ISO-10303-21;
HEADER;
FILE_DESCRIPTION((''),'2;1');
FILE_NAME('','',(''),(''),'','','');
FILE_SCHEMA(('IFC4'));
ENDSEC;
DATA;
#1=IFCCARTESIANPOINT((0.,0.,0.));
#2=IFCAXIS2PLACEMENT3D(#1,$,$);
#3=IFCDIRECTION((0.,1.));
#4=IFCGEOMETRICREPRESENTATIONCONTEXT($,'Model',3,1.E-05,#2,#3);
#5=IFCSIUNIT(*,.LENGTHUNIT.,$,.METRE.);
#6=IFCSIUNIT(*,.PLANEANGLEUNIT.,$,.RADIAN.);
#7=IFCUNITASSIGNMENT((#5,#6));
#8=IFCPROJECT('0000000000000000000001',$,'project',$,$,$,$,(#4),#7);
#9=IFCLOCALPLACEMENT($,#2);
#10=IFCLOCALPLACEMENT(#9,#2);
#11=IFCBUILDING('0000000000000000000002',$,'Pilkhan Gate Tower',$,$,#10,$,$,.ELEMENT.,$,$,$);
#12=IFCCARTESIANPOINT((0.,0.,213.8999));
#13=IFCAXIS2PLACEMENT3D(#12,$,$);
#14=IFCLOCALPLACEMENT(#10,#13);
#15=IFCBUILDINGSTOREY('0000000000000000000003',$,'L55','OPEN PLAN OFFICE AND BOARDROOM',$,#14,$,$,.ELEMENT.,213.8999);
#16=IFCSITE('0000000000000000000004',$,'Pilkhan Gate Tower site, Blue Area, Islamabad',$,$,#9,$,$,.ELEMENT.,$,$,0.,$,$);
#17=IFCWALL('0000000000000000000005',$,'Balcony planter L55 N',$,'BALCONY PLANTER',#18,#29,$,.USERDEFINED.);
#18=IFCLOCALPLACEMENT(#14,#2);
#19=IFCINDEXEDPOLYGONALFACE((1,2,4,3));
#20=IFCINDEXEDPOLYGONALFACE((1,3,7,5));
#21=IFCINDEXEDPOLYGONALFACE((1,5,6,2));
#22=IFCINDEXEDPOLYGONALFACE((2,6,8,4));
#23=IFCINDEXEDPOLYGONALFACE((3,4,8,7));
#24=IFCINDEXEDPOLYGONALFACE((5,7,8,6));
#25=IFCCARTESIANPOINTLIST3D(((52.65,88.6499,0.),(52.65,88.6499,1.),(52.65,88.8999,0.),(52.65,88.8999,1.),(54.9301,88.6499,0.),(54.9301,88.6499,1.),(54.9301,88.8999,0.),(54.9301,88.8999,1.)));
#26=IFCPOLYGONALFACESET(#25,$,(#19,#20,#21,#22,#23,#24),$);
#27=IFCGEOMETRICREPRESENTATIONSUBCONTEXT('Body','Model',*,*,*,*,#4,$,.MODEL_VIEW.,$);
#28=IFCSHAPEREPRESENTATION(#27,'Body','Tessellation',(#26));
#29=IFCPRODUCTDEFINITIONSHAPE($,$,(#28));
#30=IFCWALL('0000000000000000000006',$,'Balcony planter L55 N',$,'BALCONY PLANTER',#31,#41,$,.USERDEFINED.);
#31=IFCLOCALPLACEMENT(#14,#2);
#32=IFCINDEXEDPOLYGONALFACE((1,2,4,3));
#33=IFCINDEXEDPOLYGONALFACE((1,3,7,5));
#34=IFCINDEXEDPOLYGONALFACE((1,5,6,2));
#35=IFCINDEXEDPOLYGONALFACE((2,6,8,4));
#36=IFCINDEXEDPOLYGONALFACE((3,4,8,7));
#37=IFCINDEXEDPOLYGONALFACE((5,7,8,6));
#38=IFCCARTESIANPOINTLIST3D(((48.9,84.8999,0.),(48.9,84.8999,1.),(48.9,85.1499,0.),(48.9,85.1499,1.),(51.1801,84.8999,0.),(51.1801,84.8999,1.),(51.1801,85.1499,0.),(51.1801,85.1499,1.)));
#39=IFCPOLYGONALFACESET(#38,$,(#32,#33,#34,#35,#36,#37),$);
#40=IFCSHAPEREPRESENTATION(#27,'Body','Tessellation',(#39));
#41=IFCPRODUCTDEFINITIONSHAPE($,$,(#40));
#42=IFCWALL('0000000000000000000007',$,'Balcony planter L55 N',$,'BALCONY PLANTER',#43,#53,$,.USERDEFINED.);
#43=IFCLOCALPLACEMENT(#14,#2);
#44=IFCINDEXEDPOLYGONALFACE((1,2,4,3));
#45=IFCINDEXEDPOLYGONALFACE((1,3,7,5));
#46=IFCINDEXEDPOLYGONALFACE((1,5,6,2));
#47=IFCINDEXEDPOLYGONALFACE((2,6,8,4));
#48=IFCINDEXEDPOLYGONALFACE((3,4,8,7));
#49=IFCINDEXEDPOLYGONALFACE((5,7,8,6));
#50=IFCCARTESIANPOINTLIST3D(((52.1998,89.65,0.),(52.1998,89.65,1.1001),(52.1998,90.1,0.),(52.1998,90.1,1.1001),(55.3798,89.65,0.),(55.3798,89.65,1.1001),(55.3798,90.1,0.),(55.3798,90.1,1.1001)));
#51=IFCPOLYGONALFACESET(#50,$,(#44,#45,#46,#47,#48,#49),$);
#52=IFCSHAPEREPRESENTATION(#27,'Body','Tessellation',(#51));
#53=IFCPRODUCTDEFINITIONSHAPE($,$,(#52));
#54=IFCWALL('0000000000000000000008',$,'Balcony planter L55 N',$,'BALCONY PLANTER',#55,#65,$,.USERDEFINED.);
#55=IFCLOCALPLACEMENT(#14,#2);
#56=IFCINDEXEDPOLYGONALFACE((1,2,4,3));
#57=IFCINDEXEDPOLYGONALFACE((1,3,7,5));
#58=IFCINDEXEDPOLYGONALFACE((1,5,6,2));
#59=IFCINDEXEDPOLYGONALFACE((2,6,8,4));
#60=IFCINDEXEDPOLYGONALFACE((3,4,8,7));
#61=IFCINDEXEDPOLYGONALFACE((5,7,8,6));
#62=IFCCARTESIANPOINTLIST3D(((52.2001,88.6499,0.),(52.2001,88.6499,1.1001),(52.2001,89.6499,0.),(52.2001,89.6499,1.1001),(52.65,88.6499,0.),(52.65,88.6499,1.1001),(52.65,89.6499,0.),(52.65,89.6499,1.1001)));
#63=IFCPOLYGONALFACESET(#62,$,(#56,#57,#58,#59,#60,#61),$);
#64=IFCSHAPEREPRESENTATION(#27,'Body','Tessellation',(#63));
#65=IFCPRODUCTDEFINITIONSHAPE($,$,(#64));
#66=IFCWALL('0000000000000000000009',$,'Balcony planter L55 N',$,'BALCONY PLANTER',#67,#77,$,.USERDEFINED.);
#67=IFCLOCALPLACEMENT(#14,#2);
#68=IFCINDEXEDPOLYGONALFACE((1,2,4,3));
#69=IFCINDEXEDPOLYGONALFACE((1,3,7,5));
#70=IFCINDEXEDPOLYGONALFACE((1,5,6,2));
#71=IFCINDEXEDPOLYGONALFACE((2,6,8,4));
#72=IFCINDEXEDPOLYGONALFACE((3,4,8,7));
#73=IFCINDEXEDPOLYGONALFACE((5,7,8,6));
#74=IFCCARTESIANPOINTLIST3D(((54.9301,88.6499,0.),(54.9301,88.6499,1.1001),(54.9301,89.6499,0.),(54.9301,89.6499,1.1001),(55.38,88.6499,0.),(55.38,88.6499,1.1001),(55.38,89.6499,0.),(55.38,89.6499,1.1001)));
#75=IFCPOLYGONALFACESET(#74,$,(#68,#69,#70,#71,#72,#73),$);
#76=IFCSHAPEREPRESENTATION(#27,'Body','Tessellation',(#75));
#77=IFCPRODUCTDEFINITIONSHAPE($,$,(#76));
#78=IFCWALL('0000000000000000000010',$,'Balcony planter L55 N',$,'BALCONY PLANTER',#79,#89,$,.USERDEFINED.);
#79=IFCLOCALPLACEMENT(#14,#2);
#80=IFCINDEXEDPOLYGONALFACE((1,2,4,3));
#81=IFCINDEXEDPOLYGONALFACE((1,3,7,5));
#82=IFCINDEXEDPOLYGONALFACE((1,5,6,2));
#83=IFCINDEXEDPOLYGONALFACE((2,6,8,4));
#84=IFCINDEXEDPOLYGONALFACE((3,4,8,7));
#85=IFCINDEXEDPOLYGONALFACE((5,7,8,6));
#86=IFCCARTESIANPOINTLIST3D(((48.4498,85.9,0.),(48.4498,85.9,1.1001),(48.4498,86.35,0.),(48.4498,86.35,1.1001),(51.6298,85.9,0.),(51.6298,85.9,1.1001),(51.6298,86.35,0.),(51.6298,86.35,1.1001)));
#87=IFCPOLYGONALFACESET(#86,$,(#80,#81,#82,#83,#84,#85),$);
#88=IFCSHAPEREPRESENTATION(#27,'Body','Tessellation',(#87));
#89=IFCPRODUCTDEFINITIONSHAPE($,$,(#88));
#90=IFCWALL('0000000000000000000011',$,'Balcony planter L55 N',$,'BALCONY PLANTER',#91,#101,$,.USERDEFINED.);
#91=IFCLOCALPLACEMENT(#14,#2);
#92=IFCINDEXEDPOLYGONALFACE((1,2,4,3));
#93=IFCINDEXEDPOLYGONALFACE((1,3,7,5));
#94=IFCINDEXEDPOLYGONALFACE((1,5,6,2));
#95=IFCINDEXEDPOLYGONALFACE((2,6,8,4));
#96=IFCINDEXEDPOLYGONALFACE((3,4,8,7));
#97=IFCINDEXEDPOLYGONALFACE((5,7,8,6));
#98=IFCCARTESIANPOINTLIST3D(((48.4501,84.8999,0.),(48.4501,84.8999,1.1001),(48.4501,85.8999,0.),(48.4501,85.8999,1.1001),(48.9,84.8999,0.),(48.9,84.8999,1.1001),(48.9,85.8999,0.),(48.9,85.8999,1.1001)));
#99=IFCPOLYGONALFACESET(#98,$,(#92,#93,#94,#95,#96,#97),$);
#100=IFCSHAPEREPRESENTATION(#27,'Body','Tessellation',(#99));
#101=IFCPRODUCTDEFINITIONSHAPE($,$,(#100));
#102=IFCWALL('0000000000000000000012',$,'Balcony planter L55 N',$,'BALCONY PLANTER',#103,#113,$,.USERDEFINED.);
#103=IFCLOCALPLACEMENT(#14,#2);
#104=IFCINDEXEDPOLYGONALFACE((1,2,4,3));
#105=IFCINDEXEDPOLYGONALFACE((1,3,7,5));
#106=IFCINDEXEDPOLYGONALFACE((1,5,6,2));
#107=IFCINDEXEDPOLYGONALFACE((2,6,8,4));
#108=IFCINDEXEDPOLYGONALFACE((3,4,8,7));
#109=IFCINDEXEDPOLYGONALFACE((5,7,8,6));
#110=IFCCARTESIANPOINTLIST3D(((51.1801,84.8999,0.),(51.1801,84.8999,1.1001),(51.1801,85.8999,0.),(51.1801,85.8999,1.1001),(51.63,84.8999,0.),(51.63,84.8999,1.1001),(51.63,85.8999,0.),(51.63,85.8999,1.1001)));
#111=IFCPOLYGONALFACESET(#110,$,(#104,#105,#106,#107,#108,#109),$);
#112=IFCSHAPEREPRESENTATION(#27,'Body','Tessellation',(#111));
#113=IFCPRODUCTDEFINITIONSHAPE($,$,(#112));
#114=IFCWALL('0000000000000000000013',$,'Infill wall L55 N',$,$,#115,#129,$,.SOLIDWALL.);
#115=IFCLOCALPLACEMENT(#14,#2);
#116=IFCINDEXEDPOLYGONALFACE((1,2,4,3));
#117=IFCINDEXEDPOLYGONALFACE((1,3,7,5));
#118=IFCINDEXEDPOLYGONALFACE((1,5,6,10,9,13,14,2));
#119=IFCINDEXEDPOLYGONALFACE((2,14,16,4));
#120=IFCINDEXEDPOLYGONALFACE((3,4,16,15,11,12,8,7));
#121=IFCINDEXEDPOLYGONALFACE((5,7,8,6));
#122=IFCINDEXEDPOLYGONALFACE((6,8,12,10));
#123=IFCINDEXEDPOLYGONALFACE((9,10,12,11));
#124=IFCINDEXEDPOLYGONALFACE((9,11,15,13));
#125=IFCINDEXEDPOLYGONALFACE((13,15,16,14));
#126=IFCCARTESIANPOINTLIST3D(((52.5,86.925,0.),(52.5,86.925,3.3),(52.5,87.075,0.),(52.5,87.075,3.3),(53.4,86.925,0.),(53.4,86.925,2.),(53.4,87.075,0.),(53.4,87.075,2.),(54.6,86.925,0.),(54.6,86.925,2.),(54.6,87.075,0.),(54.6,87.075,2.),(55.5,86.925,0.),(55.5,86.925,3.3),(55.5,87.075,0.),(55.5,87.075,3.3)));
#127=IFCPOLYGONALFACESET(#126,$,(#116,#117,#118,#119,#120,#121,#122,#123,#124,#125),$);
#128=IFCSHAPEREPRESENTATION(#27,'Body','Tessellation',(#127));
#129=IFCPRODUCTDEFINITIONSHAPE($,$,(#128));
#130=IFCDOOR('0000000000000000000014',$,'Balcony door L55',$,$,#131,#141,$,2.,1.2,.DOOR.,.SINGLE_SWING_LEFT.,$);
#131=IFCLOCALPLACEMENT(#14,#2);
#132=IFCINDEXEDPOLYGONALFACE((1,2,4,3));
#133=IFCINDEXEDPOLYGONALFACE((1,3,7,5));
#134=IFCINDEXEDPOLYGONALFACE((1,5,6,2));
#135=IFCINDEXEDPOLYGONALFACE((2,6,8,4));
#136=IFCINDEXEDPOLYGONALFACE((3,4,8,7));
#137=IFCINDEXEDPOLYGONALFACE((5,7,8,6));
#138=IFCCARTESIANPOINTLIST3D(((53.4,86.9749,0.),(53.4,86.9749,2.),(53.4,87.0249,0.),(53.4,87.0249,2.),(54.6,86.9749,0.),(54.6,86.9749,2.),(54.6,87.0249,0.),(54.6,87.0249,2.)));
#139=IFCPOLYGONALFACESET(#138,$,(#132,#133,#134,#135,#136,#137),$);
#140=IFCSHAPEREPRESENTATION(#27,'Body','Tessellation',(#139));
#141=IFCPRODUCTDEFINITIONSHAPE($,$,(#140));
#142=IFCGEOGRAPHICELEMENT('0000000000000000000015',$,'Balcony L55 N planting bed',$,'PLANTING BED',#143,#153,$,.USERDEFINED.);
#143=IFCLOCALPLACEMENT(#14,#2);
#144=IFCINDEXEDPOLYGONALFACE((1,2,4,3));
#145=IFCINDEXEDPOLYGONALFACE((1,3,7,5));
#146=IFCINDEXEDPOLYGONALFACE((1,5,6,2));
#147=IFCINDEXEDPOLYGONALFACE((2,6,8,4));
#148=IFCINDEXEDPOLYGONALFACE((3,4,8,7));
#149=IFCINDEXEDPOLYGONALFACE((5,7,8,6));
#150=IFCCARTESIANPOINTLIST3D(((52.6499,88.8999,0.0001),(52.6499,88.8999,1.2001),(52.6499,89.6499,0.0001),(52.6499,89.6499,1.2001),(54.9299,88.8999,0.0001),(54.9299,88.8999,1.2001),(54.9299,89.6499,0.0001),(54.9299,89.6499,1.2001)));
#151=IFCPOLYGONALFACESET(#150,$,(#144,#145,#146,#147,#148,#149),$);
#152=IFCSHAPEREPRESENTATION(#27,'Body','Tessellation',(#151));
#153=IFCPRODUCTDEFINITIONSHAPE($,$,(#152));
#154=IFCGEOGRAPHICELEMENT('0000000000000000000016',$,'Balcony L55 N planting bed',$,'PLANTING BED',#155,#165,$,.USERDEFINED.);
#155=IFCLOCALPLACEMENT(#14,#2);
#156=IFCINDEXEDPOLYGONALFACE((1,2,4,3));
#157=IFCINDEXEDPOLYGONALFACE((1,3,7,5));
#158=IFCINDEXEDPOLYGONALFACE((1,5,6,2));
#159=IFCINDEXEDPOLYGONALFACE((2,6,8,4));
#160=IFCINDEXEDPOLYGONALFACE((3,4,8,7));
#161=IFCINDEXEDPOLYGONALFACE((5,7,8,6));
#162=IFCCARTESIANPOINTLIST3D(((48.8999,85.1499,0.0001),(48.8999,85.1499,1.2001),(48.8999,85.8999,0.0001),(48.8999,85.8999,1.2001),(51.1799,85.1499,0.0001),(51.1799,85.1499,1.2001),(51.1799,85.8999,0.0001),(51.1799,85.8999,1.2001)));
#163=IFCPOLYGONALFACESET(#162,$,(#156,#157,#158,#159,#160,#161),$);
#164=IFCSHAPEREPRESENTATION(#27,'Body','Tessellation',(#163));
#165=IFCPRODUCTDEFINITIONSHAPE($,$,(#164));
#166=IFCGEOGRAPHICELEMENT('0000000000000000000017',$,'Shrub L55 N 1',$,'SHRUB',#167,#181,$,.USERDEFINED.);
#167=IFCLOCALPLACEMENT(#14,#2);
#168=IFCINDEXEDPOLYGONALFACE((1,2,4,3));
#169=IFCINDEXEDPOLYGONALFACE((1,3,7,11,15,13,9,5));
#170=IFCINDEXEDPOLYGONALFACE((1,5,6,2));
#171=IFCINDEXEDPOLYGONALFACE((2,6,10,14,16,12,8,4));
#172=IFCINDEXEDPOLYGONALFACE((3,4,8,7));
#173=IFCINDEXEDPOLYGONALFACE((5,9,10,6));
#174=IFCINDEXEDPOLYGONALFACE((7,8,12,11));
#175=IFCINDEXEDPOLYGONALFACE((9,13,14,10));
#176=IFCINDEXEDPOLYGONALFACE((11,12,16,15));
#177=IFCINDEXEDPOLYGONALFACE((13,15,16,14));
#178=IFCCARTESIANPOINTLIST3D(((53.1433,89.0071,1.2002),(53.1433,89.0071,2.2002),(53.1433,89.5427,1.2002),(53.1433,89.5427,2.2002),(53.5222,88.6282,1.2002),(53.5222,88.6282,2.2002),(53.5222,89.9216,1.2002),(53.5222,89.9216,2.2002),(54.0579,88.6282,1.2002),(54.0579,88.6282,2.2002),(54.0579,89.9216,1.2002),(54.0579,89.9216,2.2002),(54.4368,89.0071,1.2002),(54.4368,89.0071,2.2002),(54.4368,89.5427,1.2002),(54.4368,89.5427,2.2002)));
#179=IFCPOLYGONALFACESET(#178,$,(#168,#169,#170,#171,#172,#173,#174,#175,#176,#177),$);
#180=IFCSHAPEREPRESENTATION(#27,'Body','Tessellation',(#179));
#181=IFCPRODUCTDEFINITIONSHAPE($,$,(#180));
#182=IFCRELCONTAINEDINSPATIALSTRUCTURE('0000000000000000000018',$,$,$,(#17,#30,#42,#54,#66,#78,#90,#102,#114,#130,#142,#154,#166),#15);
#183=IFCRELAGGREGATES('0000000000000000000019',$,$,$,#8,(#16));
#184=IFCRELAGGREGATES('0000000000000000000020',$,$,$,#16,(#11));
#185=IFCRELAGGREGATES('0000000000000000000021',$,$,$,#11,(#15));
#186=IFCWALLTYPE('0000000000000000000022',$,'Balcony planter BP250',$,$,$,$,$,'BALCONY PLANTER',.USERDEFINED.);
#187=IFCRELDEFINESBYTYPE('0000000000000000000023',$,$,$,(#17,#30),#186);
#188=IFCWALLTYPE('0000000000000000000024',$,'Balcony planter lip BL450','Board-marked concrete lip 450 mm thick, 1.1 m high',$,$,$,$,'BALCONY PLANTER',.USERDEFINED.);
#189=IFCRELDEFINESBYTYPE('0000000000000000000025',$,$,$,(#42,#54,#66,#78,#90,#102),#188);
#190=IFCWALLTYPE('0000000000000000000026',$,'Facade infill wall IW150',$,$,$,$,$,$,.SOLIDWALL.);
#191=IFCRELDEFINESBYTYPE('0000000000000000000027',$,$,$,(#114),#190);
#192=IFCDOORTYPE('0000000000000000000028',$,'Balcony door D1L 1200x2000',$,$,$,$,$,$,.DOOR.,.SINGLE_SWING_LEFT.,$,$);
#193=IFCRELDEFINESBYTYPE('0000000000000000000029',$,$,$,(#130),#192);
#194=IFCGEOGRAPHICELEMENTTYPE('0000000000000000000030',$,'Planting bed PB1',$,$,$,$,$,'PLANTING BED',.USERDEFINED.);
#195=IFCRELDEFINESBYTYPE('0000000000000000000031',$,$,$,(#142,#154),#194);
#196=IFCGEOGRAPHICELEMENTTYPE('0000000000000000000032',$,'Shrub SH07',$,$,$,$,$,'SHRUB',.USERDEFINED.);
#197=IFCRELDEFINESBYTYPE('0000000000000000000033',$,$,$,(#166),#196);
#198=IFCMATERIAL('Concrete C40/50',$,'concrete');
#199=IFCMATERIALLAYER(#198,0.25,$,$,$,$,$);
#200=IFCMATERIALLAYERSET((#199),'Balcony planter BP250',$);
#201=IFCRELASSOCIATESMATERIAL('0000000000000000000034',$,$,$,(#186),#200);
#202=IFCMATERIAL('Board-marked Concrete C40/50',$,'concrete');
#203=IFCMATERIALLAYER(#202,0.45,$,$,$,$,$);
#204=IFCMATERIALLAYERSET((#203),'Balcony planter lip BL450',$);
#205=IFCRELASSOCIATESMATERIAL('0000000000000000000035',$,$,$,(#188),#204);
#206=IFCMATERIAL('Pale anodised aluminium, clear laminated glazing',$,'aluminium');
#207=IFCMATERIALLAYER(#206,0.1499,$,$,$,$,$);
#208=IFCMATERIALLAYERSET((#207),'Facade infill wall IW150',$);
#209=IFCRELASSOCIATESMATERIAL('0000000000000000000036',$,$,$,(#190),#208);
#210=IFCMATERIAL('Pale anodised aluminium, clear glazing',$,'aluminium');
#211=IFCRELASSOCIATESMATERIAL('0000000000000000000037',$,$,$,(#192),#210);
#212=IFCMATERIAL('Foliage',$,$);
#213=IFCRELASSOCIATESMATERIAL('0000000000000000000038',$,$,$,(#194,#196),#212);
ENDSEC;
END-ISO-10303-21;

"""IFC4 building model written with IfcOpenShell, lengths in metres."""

from ifc_helpers import new_model, si_unit, direction, frame, frame_2d, origin, origin_2d, place, context, subcontext, project, spatial, polyline, rectangle, outline, extrude, material, layer, layer_set, material_profile, profile_set, type_object, element, fill, save


model = new_model("IFC4")

# Units and contexts
model_context = context("Model", 3, precision=1e-05, world=origin(), true_north=direction((0.0, 1.0)))
body_context = subcontext(model_context, "Body", "Model", "MODEL_VIEW")
ifc_project = project(units=[si_unit("LENGTHUNIT", "METRE"), si_unit("PLANEANGLEUNIT", "RADIAN")], contexts=[model_context])

# Site, building, storey
site_placement = place(None, origin())
site = spatial("IfcSite", under=ifc_project, at=site_placement, Name="Pilkhan Gate Tower site, Blue Area, Islamabad", CompositionType="ELEMENT", RefElevation=0.0)
building_placement = place(site_placement, origin())
building = spatial("IfcBuilding", under=site, at=building_placement, Name="Pilkhan Gate Tower", CompositionType="ELEMENT")
storey_placement = place(building_placement, frame((0.0, 0.0, 213.8999)))
storey = spatial("IfcBuildingStorey", under=building, at=storey_placement, Name="L55", Description="OPEN PLAN OFFICE AND BOARDROOM", CompositionType="ELEMENT", Elevation=213.8999)

# Walls
ifc_material_1 = material(Name="Concrete C40/50", Category="concrete")
ifc_layer_1 = layer(ifc_material_1, 0.25)
ifc_layer_set_1 = layer_set([ifc_layer_1], Name="Balcony planter BP250")
wall_type_1 = type_object("IfcWallType", Name="Balcony planter BP250", ElementType="BALCONY PLANTER", PredefinedType="USERDEFINED", material=ifc_layer_set_1)
for number, where, z_axis, x_axis, name in (
    (1, (52.6499, 88.7749, 0.0), (0.0, 0.0, 1.0), (1.0, 0.0, 0.0), "Balcony planter L55 N"),
    (2, (48.8999, 85.0249, 0.0), (0.0, 0.0, 1.0), (1.0, 0.0, 0.0), "Balcony planter L55 N"),
):
    element("IfcWall", number, at=place(storey_placement, frame(where, z_axis=z_axis, x_axis=x_axis)), inside=storey, type_object=wall_type_1, Name=name, ObjectType="BALCONY PLANTER", PredefinedType="USERDEFINED", context=body_context, shape_type="SweptSolid", body=[
        extrude(rectangle(XDim=2.28, YDim=0.25, at=frame_2d((1.1401, 0.0))), origin(), (0.0, 0.0, 1.0), 1.0),
    ])
ifc_material_2 = material(Name="Board-marked Concrete C40/50", Category="concrete")
ifc_layer_2 = layer(ifc_material_2, 0.45)
ifc_layer_set_2 = layer_set([ifc_layer_2], Name="Balcony planter lip BL450")
wall_type_2 = type_object("IfcWallType", Name="Balcony planter lip BL450", Description="Board-marked concrete lip 450 mm thick, 1.1 m high", ElementType="BALCONY PLANTER", PredefinedType="USERDEFINED", material=ifc_layer_set_2)
wall_1_placement = place(storey_placement, frame((52.2, 89.875, 0.0), z_axis=(0.0, 0.0, 1.0), x_axis=(1.0, 0.0, 0.0)))
element("IfcWall", 3, at=wall_1_placement, inside=storey, type_object=wall_type_2, Name="Balcony planter L55 N", ObjectType="BALCONY PLANTER", PredefinedType="USERDEFINED", context=body_context, shape_type="SweptSolid", body=[
    extrude(rectangle(XDim=3.1799, YDim=0.45, at=frame_2d((1.5898, 0.0))), origin(), (0.0, 0.0, 1.0), 1.1001),
])
for number, where, z_axis, x_axis, name in (
    (4, (52.425, 88.6499, 0.0), (0.0, 0.0, 1.0), (0.0, 1.0, 0.0), "Balcony planter L55 N"),
    (5, (55.155, 88.6499, 0.0), (0.0, 0.0, 1.0), (0.0, 1.0, 0.0), "Balcony planter L55 N"),
):
    element("IfcWall", number, at=place(storey_placement, frame(where, z_axis=z_axis, x_axis=x_axis)), inside=storey, type_object=wall_type_2, Name=name, ObjectType="BALCONY PLANTER", PredefinedType="USERDEFINED", context=body_context, shape_type="SweptSolid", body=[
        extrude(rectangle(XDim=1.0, YDim=0.45, at=frame_2d((0.5, 0.0))), origin(), (0.0, 0.0, 1.0), 1.1001),
    ])
wall_2_placement = place(storey_placement, frame((48.45, 86.125, 0.0), z_axis=(0.0, 0.0, 1.0), x_axis=(1.0, 0.0, 0.0)))
element("IfcWall", 6, at=wall_2_placement, inside=storey, type_object=wall_type_2, Name="Balcony planter L55 N", ObjectType="BALCONY PLANTER", PredefinedType="USERDEFINED", context=body_context, shape_type="SweptSolid", body=[
    extrude(rectangle(XDim=3.1799, YDim=0.45, at=frame_2d((1.5898, 0.0))), origin(), (0.0, 0.0, 1.0), 1.1001),
])
for number, where, z_axis, x_axis, name in (
    (7, (48.675, 84.8999, 0.0), (0.0, 0.0, 1.0), (0.0, 1.0, 0.0), "Balcony planter L55 N"),
    (8, (51.405, 84.8999, 0.0), (0.0, 0.0, 1.0), (0.0, 1.0, 0.0), "Balcony planter L55 N"),
):
    element("IfcWall", number, at=place(storey_placement, frame(where, z_axis=z_axis, x_axis=x_axis)), inside=storey, type_object=wall_type_2, Name=name, ObjectType="BALCONY PLANTER", PredefinedType="USERDEFINED", context=body_context, shape_type="SweptSolid", body=[
        extrude(rectangle(XDim=1.0, YDim=0.45, at=frame_2d((0.5, 0.0))), origin(), (0.0, 0.0, 1.0), 1.1001),
    ])

# Wall, opening, door
ifc_material_3 = material(Name="Pale anodised aluminium, clear laminated glazing", Category="aluminium")
ifc_layer_3 = layer(ifc_material_3, 0.1499)
ifc_layer_set_3 = layer_set([ifc_layer_3], Name="Facade infill wall IW150")
wall_type_3 = type_object("IfcWallType", Name="Facade infill wall IW150", PredefinedType="SOLIDWALL", material=ifc_layer_set_3)
wall_3_placement = place(storey_placement, frame((52.5, 87.0, 0.0), z_axis=(0.0, 0.0, 1.0), x_axis=(1.0, 0.0, 0.0)))
wall_3 = element("IfcWall", 9, at=wall_3_placement, inside=storey, type_object=wall_type_3, Name="Infill wall L55 N", PredefinedType="SOLIDWALL", context=body_context, shape_type="SweptSolid", body=[
    extrude(rectangle(XDim=3.0, YDim=0.1499, at=frame_2d((1.5, 0.0))), origin(), (0.0, 0.0, 1.0), 3.3),
])
opening_placement = place(wall_3_placement, frame((0.8999, 0.0, 0.0)))
opening = element("IfcOpeningElement", 10, at=opening_placement, cuts=wall_3, PredefinedType="OPENING", context=body_context, shape_type="SweptSolid", body=[
    extrude(rectangle(XDim=1.2, YDim=2.0, at=frame_2d((0.6001, 1.0))), frame((0.0, 0.085, 0.0), z_axis=(0.0, -1.0, 0.0), x_axis=(1.0, 0.0, 0.0)), (0.0, 0.0, 1.0), 0.1699),
])
ifc_material_4 = material(Name="Pale anodised aluminium, clear glazing", Category="aluminium")
door_type = type_object("IfcDoorType", Name="Balcony door D1L 1200x2000", OperationType="SINGLE_SWING_LEFT", PredefinedType="DOOR", material=ifc_material_4)
door_placement = place(opening_placement, origin())
door = element("IfcDoor", 11, at=door_placement, inside=storey, type_object=door_type, Name="Balcony door L55", OperationType="SINGLE_SWING_LEFT", OverallHeight=2.0, OverallWidth=1.2, PredefinedType="DOOR", context=body_context, shape_type="SweptSolid", body=[
    extrude(rectangle(XDim=1.2, YDim=2.0, at=frame_2d((0.6001, 1.0))), frame((0.0, 0.0249, 0.0), z_axis=(0.0, -1.0, 0.0), x_axis=(1.0, 0.0, 0.0)), (0.0, 0.0, 1.0), 0.05),
])
fill(opening, door)

# Geographic elements
ifc_material_5 = material(Name="Foliage")
ifc_material_profile_1 = material_profile(ifc_material_5, rectangle(XDim=0.75, YDim=1.2, at=origin_2d()), Name="Bed 750x1200")
ifc_profile_set_1 = profile_set([ifc_material_profile_1], Name="Foliage")
geographic_element_type_1 = type_object("IfcGeographicElementType", Name="Planting bed PB1", ElementType="PLANTING BED", PredefinedType="USERDEFINED", material=ifc_profile_set_1)
for number, where, z_axis, x_axis, name in (
    (12, (52.6499, 89.2749, 0.6001), (1.0, 0.0, 0.0), (0.0, 1.0, 0.0), "Balcony L55 N planting bed"),
    (13, (48.8999, 85.5249, 0.6001), (1.0, 0.0, 0.0), (0.0, 1.0, 0.0), "Balcony L55 N planting bed"),
):
    element("IfcGeographicElement", number, at=place(storey_placement, frame(where, z_axis=z_axis, x_axis=x_axis)), inside=storey, type_object=geographic_element_type_1, Name=name, ObjectType="PLANTING BED", PredefinedType="USERDEFINED", context=body_context, shape_type="SweptSolid", body=[
        extrude(rectangle(XDim=0.75, YDim=1.2, at=origin_2d()), origin(), (0.0, 0.0, 1.0), 2.28),
    ])
ifc_material_profile_2 = material_profile(ifc_material_5, outline(polyline([(0.6467, 0.2678), (0.2678, 0.6467), (-0.2678, 0.6467), (-0.6467, 0.2678), (-0.6467, -0.2678), (-0.2678, -0.6467), (0.2678, -0.6467), (0.6467, -0.2678), (0.6467, 0.2678)])), Name="Shrub D1.4")
ifc_profile_set_2 = profile_set([ifc_material_profile_2], Name="Foliage")
geographic_element_type_2 = type_object("IfcGeographicElementType", Name="Shrub SH07", ElementType="SHRUB", PredefinedType="USERDEFINED", material=ifc_profile_set_2)
for number, where, z_axis, x_axis, name in (
    (14, (53.79, 89.2749, 1.2002), (0.0, 0.0, 1.0), (1.0, 0.0, 0.0), "Shrub L55 N 1"),
):
    element("IfcGeographicElement", number, at=place(storey_placement, frame(where, z_axis=z_axis, x_axis=x_axis)), inside=storey, type_object=geographic_element_type_2, Name=name, ObjectType="SHRUB", PredefinedType="USERDEFINED", context=body_context, shape_type="SweptSolid", body=[
        extrude(outline(polyline([(0.6467, 0.2678), (0.2678, 0.6467), (-0.2678, 0.6467), (-0.6467, 0.2678), (-0.6467, -0.2678), (-0.2678, -0.6467), (0.2678, -0.6467), (0.6467, -0.2678), (0.6467, 0.2678)])), origin(), (0.0, 0.0, 1.0), 1.0),
    ])

save(model, "model.ifc")
